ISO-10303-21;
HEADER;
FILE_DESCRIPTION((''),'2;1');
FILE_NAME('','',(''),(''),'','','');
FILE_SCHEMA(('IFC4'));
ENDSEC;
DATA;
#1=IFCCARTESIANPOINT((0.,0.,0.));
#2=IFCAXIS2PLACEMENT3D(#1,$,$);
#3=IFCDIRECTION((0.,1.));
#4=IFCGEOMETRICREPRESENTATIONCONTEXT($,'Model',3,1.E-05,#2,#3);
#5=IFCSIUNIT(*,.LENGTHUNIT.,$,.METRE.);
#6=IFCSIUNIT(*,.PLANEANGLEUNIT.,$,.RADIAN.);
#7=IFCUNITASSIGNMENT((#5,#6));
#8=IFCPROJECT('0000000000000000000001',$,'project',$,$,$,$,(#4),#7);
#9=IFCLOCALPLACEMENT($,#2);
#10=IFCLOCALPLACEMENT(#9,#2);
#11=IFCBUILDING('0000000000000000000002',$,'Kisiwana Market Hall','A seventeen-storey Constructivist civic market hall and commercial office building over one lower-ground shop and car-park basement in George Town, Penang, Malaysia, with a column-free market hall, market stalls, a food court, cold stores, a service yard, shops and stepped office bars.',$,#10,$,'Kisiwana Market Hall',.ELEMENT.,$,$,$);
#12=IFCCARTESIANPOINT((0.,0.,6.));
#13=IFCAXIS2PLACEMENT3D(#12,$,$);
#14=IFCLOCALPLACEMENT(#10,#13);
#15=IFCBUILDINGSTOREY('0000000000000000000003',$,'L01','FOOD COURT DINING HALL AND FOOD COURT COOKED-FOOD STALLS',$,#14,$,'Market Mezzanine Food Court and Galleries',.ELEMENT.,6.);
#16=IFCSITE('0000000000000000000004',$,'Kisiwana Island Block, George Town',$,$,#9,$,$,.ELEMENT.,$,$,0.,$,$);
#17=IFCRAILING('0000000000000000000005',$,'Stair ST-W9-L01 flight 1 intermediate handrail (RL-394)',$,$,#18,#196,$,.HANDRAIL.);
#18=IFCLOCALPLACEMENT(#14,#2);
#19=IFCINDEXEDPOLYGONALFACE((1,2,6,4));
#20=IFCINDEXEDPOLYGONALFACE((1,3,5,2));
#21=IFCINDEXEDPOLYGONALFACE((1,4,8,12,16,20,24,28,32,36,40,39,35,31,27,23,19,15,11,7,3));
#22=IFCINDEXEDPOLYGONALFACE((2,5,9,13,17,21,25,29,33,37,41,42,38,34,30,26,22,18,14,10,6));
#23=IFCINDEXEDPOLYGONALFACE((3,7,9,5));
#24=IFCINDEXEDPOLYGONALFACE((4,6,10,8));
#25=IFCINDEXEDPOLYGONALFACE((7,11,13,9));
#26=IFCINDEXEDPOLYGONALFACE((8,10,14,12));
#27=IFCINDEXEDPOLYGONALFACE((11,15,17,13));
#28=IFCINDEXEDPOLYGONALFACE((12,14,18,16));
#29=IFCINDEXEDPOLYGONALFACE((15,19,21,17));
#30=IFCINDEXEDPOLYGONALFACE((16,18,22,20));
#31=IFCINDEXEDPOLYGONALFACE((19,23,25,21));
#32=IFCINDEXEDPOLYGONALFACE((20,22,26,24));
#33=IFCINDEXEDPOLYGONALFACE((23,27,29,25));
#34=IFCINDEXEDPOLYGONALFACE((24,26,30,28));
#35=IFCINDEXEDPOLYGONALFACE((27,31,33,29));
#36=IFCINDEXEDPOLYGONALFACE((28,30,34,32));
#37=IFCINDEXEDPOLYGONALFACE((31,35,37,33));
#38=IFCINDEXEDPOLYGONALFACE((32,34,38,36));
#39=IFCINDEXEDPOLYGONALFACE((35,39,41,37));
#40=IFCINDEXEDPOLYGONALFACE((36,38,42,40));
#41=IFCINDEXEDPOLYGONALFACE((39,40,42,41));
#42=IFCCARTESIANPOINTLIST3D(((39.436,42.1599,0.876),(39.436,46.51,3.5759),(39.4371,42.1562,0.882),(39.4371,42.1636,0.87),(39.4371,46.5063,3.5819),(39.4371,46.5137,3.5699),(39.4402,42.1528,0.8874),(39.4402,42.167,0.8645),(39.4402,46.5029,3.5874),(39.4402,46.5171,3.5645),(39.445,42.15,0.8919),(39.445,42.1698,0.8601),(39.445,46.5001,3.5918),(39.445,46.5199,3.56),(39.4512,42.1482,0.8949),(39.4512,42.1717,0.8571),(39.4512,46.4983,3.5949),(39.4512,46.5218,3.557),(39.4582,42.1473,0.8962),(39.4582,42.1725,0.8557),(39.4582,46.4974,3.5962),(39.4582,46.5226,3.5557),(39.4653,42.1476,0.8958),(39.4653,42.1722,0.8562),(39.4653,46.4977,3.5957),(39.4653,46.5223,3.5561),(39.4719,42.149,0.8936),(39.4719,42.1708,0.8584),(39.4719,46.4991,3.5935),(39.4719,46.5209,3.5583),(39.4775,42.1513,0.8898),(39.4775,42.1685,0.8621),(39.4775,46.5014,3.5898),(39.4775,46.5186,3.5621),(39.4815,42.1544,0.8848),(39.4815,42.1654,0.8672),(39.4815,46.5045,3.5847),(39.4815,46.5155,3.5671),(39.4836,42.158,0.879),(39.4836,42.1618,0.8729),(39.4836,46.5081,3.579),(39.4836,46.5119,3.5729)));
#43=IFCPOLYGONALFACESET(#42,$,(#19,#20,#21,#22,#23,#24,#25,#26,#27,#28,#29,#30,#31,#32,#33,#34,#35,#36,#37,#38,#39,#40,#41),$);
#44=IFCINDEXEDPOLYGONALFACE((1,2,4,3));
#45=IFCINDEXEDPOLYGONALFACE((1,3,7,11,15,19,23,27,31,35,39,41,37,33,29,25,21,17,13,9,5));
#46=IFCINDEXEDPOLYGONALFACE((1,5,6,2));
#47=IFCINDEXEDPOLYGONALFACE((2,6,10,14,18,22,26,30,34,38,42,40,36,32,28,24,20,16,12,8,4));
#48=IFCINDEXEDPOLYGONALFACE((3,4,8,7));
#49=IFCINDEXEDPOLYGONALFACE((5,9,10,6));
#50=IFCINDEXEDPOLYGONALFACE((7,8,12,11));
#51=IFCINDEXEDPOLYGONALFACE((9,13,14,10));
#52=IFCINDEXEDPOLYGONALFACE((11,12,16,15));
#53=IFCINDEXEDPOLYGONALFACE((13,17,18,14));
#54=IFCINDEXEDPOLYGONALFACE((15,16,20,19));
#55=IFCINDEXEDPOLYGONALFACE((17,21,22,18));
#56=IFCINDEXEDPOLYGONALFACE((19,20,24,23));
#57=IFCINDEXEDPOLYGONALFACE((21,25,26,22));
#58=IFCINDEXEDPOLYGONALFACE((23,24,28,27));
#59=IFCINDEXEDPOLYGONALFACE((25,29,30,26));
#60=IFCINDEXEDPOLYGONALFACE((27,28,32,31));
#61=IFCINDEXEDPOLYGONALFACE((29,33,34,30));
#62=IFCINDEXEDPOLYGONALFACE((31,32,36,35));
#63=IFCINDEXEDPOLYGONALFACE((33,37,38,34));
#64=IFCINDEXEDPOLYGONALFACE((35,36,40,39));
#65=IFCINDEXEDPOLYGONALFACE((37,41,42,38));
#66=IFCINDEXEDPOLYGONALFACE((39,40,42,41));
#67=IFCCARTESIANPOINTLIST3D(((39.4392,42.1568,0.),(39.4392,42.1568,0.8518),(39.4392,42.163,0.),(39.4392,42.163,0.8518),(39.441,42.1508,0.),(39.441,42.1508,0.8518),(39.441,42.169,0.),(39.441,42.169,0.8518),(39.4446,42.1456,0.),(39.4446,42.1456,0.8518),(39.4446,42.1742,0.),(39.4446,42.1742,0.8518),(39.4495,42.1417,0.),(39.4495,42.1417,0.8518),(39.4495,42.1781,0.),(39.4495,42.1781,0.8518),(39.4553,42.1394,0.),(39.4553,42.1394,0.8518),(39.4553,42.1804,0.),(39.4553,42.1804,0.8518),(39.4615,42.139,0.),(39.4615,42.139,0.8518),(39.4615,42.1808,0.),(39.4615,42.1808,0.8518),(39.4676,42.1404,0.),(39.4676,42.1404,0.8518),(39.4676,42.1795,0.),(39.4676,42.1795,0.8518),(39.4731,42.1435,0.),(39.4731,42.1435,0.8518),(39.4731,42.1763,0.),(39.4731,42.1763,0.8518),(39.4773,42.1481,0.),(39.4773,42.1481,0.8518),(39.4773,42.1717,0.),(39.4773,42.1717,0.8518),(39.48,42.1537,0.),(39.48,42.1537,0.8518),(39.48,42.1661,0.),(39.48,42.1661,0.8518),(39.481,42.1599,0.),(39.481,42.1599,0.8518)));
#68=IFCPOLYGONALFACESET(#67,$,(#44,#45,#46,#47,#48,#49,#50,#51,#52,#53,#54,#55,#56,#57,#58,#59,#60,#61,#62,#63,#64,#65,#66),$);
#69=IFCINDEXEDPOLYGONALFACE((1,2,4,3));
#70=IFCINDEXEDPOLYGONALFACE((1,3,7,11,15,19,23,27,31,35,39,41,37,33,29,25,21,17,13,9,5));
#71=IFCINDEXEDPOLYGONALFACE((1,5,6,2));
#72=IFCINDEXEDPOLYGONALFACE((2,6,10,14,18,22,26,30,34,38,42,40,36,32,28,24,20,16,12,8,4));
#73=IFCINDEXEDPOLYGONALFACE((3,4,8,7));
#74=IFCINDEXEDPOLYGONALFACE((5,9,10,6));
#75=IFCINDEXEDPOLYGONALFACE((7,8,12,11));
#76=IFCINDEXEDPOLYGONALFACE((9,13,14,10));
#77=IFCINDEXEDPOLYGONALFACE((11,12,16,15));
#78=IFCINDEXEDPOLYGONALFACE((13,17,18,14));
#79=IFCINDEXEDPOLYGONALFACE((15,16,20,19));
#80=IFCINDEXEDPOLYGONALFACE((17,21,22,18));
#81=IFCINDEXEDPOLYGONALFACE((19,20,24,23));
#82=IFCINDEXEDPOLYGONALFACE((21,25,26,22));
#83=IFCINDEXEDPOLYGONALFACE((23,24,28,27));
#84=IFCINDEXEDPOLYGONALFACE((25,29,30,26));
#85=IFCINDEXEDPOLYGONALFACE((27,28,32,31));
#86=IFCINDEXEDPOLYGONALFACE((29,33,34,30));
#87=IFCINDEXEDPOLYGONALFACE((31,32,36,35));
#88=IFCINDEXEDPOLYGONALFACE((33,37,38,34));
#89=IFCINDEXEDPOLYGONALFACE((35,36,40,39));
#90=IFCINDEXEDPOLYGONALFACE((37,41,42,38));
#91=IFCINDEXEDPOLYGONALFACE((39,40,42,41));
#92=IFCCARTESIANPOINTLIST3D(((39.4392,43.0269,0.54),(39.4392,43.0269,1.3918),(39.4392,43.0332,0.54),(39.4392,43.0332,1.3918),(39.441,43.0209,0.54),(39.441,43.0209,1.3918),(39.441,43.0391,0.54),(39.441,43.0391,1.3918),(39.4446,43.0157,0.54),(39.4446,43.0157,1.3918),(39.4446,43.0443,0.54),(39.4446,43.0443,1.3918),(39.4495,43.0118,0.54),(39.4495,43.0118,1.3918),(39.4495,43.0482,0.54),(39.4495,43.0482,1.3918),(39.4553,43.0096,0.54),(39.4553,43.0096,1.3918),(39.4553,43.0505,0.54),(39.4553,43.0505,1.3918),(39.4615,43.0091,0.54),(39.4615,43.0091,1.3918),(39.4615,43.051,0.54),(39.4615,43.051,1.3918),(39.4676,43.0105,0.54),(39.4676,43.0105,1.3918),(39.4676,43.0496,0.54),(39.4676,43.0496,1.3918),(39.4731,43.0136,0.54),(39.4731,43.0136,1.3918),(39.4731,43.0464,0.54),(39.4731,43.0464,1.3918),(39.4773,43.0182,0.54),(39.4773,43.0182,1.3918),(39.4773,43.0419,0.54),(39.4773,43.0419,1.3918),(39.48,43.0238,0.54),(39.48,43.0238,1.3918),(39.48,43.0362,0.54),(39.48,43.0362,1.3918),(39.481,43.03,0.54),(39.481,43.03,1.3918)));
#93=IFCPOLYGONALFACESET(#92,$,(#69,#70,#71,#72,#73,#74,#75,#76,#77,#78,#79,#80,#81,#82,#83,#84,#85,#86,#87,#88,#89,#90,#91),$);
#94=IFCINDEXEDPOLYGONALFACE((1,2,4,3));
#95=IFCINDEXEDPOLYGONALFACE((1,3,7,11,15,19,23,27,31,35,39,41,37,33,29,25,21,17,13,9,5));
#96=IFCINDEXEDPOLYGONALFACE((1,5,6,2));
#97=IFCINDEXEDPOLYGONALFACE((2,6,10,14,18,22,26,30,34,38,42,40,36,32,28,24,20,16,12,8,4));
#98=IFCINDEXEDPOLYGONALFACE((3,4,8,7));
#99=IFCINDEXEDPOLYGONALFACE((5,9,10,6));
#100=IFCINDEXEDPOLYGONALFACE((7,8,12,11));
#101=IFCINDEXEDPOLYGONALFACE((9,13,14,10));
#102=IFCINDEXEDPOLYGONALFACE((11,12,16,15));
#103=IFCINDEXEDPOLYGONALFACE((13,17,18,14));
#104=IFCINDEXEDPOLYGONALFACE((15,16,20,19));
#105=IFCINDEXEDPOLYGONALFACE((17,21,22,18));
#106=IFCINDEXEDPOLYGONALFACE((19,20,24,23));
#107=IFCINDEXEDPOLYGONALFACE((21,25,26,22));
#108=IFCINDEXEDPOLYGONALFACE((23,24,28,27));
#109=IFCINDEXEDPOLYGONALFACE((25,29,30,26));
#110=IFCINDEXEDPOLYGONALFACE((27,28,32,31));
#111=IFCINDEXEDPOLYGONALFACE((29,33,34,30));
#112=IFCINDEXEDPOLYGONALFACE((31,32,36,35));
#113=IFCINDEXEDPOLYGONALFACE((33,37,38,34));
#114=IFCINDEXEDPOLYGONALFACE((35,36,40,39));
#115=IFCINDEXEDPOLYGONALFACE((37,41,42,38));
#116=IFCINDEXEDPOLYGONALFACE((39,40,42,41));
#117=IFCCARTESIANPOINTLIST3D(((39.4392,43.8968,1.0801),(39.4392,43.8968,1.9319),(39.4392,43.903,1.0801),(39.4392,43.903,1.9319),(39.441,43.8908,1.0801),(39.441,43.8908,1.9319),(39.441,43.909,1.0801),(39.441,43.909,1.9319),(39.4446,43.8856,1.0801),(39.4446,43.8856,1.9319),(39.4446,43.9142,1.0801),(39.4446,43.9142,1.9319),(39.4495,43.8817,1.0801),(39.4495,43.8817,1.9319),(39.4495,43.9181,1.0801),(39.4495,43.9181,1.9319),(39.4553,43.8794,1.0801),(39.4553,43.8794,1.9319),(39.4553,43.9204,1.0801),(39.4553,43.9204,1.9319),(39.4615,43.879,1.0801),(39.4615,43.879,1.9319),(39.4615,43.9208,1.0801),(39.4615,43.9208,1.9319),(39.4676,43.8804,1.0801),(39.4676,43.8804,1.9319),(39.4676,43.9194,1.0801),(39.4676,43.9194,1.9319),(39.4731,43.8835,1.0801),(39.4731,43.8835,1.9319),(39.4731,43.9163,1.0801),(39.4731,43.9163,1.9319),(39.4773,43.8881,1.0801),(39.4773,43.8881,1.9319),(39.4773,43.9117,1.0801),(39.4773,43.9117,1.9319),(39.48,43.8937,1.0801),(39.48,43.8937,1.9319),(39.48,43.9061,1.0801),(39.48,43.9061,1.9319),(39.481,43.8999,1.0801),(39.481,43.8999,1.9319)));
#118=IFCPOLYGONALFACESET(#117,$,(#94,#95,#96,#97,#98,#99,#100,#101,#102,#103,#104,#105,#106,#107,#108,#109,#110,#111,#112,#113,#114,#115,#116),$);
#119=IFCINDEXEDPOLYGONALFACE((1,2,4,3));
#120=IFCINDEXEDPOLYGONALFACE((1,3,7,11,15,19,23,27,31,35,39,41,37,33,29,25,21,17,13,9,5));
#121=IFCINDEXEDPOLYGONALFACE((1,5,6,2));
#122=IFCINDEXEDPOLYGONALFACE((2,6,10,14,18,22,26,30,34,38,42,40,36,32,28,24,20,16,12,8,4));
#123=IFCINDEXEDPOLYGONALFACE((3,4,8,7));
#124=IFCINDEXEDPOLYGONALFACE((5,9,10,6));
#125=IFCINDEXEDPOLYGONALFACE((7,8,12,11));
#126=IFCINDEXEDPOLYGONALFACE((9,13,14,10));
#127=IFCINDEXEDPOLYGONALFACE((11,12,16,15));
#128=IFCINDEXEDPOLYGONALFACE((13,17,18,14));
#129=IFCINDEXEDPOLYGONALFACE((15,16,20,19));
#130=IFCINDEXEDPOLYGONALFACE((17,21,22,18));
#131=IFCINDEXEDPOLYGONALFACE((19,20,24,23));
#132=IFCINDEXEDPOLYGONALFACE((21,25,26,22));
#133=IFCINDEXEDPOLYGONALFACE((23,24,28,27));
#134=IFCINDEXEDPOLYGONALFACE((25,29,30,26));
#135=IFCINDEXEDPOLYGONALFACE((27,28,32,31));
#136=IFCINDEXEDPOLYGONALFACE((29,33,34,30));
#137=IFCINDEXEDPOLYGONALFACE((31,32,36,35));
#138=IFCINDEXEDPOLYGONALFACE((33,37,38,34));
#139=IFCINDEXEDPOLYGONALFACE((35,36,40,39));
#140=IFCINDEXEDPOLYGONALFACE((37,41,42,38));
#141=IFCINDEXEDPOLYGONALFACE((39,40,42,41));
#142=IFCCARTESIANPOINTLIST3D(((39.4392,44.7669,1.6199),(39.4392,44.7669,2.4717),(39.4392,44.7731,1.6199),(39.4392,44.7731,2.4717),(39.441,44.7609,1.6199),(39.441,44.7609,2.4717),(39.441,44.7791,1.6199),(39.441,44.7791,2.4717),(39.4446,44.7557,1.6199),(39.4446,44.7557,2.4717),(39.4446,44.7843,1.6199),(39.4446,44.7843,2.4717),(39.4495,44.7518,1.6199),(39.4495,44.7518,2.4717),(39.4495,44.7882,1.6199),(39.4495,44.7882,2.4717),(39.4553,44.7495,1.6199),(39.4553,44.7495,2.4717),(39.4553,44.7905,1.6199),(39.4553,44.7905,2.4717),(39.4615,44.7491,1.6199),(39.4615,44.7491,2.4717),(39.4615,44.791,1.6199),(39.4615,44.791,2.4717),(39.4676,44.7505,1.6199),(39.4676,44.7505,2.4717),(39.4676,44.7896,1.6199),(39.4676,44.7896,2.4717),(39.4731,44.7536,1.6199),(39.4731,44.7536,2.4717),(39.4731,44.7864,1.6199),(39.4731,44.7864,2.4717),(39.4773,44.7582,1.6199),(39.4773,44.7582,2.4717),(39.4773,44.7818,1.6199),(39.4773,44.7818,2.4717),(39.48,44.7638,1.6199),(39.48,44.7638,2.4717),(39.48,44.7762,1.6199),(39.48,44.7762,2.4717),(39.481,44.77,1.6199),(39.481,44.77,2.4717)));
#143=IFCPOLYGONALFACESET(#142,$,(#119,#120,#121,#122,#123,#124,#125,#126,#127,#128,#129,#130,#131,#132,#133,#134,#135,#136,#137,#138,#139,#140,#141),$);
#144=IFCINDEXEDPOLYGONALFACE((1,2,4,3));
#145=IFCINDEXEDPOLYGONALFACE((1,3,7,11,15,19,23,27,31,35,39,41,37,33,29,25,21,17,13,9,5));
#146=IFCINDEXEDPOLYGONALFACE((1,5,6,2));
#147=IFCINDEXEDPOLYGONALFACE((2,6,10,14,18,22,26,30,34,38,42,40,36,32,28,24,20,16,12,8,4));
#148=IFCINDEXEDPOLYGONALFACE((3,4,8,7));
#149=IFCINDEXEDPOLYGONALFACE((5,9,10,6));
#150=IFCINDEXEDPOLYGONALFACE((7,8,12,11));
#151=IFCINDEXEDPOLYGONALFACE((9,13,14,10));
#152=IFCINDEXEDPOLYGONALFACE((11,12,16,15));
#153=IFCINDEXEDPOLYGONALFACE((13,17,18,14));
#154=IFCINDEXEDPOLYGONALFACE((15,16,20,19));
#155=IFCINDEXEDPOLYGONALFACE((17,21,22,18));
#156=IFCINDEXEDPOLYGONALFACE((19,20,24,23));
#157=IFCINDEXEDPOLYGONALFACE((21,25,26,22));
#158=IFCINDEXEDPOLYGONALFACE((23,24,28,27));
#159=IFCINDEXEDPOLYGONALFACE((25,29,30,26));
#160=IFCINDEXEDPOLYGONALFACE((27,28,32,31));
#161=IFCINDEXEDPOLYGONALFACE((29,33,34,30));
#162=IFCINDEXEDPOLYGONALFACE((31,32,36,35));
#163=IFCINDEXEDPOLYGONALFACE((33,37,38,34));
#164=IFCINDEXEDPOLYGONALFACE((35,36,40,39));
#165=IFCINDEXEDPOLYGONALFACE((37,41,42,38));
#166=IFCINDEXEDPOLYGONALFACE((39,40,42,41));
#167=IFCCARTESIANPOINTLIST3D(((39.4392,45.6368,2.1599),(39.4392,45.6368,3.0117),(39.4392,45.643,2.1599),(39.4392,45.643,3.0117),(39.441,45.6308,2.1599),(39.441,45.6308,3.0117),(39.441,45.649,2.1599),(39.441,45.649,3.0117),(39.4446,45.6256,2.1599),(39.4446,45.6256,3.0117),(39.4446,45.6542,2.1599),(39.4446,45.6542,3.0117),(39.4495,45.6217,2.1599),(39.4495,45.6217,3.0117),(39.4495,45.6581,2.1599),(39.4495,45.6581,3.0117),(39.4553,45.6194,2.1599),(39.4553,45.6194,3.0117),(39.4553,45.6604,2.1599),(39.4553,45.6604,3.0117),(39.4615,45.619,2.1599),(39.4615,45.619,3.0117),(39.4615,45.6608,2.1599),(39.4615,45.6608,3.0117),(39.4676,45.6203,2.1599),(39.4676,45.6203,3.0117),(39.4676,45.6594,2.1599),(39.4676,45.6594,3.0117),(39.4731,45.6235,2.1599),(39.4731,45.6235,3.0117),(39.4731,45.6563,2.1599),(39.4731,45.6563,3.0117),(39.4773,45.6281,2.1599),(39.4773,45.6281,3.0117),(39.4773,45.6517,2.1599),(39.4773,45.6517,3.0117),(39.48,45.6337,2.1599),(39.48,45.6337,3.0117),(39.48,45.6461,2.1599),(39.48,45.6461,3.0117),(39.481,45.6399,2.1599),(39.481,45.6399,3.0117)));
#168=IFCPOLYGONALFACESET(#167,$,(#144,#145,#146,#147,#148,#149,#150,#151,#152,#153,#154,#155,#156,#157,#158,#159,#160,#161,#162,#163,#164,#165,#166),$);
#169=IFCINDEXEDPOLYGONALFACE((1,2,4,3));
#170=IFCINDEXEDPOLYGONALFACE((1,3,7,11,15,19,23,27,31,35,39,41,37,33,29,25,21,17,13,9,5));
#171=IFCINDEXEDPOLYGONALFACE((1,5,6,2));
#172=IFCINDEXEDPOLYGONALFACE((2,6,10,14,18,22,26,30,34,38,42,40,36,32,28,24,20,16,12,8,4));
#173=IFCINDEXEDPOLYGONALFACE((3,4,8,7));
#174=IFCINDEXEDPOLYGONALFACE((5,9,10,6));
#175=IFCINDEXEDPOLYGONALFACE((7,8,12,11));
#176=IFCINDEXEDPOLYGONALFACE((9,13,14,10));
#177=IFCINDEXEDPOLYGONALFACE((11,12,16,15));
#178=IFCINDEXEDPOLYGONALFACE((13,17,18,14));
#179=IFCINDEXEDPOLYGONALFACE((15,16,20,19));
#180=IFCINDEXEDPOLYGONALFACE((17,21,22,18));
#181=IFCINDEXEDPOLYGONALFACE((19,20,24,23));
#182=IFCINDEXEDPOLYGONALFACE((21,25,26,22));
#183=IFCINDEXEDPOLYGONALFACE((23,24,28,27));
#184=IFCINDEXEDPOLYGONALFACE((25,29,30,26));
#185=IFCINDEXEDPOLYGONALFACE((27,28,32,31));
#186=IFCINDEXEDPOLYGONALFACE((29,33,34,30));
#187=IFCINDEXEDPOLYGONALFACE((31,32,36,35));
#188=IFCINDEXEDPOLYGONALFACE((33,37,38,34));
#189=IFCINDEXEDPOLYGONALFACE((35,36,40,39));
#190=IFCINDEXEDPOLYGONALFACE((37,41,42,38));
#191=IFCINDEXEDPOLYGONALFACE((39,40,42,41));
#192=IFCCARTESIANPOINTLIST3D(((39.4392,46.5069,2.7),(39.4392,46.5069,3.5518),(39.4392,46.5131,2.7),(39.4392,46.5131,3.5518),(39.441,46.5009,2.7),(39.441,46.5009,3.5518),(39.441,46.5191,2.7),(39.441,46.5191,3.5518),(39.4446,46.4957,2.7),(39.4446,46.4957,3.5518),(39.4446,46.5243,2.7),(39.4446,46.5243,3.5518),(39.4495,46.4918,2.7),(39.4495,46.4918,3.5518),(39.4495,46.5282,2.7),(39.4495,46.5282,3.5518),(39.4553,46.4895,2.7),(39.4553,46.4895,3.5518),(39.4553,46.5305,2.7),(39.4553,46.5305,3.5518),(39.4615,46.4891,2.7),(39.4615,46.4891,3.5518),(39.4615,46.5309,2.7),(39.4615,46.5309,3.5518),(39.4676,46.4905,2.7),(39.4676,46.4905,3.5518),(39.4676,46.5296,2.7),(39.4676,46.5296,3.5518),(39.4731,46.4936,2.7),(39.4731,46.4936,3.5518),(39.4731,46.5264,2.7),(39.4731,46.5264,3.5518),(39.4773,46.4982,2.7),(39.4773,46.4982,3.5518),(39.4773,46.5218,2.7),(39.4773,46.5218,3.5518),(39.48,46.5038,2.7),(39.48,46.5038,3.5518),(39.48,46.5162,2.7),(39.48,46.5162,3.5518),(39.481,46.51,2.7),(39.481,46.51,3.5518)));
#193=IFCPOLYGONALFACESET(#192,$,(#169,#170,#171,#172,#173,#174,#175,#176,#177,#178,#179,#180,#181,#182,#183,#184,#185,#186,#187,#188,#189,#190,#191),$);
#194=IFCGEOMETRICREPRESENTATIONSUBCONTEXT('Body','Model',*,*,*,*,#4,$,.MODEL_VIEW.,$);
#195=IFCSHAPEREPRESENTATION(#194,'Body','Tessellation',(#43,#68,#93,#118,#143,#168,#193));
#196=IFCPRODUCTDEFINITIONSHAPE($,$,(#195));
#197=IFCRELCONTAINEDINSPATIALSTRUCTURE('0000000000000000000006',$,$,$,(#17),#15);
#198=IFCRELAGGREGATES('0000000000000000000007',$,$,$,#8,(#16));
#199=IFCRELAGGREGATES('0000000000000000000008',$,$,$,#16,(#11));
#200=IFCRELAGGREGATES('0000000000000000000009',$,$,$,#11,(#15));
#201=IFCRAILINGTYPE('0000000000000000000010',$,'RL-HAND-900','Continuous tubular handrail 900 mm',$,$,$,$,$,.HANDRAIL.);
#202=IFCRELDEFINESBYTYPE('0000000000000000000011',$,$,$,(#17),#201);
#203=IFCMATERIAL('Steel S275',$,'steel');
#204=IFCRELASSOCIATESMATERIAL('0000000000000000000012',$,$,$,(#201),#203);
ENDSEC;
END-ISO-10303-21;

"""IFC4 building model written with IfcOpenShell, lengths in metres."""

from ifc_helpers import new_model, si_unit, direction, frame, origin, origin_2d, place, context, subcontext, project, spatial, circle, extrude, material, type_object, element, save


model = new_model("IFC4")

# Units and contexts
model_context = context("Model", 3, precision=1e-05, world=origin(), true_north=direction((0.0, 1.0)))
body_context = subcontext(model_context, "Body", "Model", "MODEL_VIEW")
ifc_project = project(units=[si_unit("LENGTHUNIT", "METRE"), si_unit("PLANEANGLEUNIT", "RADIAN")], contexts=[model_context])

# Site, building, storey
site_placement = place(None, origin())
site = spatial("IfcSite", under=ifc_project, at=site_placement, Name="Kisiwana Island Block, George Town", CompositionType="ELEMENT", RefElevation=0.0)
building_placement = place(site_placement, origin())
building = spatial("IfcBuilding", under=site, at=building_placement, Name="Kisiwana Market Hall", Description="A seventeen-storey Constructivist civic market hall and commercial office building over one lower-ground shop and car-park basement in George Town, Penang, Malaysia, with a column-free market hall, market stalls, a food court, cold stores, a service yard, shops and stepped office bars.", LongName="Kisiwana Market Hall", CompositionType="ELEMENT")
storey_placement = place(building_placement, frame((0.0, 0.0, 6.0)))
storey = spatial("IfcBuildingStorey", under=building, at=storey_placement, Name="L01", Description="FOOD COURT DINING HALL AND FOOD COURT COOKED-FOOD STALLS", LongName="Market Mezzanine Food Court and Galleries", CompositionType="ELEMENT", Elevation=6.0)

# Railing
ifc_material_1 = material(Name="Steel S275", Category="steel")
railing_type_1 = type_object("IfcRailingType", Name="RL-HAND-900", Description="Continuous tubular handrail 900 mm", PredefinedType="HANDRAIL", material=ifc_material_1)
for number, where, name in (
    (1, (39.46, 42.1599, 0.0), "Stair ST-W9-L01 flight 1 intermediate handrail (RL-394)"),
):
    element("IfcRailing", number, at=place(storey_placement, frame(where)), inside=storey, type_object=railing_type_1, Name=name, PredefinedType="HANDRAIL", context=body_context, shape_type="SweptSolid", body=[
        extrude(circle(Radius=0.0239, at=origin_2d()), frame((0.0, 0.0, 0.876), z_axis=(0.0, 0.84965, 0.527347), x_axis=(-1.0, 0.0, 0.0)), (0.0, 0.0, 1.0), 5.1199),
        extrude(circle(Radius=0.021, at=origin_2d()), origin(), (0.0, 0.0, 1.0), 0.8518),
        extrude(circle(Radius=0.021, at=origin_2d()), frame((0.0, 0.8701, 0.54)), (0.0, 0.0, 1.0), 0.8518),
        extrude(circle(Radius=0.021, at=origin_2d()), frame((0.0, 1.74, 1.0801)), (0.0, 0.0, 1.0), 0.8518),
        extrude(circle(Radius=0.021, at=origin_2d()), frame((0.0, 2.6101, 1.6199)), (0.0, 0.0, 1.0), 0.8518),
        extrude(circle(Radius=0.021, at=origin_2d()), frame((0.0, 3.48, 2.1599)), (0.0, 0.0, 1.0), 0.8518),
        extrude(circle(Radius=0.021, at=origin_2d()), frame((0.0, 4.3501, 2.7)), (0.0, 0.0, 1.0), 0.8518),
    ])

save(model, "model.ifc")
